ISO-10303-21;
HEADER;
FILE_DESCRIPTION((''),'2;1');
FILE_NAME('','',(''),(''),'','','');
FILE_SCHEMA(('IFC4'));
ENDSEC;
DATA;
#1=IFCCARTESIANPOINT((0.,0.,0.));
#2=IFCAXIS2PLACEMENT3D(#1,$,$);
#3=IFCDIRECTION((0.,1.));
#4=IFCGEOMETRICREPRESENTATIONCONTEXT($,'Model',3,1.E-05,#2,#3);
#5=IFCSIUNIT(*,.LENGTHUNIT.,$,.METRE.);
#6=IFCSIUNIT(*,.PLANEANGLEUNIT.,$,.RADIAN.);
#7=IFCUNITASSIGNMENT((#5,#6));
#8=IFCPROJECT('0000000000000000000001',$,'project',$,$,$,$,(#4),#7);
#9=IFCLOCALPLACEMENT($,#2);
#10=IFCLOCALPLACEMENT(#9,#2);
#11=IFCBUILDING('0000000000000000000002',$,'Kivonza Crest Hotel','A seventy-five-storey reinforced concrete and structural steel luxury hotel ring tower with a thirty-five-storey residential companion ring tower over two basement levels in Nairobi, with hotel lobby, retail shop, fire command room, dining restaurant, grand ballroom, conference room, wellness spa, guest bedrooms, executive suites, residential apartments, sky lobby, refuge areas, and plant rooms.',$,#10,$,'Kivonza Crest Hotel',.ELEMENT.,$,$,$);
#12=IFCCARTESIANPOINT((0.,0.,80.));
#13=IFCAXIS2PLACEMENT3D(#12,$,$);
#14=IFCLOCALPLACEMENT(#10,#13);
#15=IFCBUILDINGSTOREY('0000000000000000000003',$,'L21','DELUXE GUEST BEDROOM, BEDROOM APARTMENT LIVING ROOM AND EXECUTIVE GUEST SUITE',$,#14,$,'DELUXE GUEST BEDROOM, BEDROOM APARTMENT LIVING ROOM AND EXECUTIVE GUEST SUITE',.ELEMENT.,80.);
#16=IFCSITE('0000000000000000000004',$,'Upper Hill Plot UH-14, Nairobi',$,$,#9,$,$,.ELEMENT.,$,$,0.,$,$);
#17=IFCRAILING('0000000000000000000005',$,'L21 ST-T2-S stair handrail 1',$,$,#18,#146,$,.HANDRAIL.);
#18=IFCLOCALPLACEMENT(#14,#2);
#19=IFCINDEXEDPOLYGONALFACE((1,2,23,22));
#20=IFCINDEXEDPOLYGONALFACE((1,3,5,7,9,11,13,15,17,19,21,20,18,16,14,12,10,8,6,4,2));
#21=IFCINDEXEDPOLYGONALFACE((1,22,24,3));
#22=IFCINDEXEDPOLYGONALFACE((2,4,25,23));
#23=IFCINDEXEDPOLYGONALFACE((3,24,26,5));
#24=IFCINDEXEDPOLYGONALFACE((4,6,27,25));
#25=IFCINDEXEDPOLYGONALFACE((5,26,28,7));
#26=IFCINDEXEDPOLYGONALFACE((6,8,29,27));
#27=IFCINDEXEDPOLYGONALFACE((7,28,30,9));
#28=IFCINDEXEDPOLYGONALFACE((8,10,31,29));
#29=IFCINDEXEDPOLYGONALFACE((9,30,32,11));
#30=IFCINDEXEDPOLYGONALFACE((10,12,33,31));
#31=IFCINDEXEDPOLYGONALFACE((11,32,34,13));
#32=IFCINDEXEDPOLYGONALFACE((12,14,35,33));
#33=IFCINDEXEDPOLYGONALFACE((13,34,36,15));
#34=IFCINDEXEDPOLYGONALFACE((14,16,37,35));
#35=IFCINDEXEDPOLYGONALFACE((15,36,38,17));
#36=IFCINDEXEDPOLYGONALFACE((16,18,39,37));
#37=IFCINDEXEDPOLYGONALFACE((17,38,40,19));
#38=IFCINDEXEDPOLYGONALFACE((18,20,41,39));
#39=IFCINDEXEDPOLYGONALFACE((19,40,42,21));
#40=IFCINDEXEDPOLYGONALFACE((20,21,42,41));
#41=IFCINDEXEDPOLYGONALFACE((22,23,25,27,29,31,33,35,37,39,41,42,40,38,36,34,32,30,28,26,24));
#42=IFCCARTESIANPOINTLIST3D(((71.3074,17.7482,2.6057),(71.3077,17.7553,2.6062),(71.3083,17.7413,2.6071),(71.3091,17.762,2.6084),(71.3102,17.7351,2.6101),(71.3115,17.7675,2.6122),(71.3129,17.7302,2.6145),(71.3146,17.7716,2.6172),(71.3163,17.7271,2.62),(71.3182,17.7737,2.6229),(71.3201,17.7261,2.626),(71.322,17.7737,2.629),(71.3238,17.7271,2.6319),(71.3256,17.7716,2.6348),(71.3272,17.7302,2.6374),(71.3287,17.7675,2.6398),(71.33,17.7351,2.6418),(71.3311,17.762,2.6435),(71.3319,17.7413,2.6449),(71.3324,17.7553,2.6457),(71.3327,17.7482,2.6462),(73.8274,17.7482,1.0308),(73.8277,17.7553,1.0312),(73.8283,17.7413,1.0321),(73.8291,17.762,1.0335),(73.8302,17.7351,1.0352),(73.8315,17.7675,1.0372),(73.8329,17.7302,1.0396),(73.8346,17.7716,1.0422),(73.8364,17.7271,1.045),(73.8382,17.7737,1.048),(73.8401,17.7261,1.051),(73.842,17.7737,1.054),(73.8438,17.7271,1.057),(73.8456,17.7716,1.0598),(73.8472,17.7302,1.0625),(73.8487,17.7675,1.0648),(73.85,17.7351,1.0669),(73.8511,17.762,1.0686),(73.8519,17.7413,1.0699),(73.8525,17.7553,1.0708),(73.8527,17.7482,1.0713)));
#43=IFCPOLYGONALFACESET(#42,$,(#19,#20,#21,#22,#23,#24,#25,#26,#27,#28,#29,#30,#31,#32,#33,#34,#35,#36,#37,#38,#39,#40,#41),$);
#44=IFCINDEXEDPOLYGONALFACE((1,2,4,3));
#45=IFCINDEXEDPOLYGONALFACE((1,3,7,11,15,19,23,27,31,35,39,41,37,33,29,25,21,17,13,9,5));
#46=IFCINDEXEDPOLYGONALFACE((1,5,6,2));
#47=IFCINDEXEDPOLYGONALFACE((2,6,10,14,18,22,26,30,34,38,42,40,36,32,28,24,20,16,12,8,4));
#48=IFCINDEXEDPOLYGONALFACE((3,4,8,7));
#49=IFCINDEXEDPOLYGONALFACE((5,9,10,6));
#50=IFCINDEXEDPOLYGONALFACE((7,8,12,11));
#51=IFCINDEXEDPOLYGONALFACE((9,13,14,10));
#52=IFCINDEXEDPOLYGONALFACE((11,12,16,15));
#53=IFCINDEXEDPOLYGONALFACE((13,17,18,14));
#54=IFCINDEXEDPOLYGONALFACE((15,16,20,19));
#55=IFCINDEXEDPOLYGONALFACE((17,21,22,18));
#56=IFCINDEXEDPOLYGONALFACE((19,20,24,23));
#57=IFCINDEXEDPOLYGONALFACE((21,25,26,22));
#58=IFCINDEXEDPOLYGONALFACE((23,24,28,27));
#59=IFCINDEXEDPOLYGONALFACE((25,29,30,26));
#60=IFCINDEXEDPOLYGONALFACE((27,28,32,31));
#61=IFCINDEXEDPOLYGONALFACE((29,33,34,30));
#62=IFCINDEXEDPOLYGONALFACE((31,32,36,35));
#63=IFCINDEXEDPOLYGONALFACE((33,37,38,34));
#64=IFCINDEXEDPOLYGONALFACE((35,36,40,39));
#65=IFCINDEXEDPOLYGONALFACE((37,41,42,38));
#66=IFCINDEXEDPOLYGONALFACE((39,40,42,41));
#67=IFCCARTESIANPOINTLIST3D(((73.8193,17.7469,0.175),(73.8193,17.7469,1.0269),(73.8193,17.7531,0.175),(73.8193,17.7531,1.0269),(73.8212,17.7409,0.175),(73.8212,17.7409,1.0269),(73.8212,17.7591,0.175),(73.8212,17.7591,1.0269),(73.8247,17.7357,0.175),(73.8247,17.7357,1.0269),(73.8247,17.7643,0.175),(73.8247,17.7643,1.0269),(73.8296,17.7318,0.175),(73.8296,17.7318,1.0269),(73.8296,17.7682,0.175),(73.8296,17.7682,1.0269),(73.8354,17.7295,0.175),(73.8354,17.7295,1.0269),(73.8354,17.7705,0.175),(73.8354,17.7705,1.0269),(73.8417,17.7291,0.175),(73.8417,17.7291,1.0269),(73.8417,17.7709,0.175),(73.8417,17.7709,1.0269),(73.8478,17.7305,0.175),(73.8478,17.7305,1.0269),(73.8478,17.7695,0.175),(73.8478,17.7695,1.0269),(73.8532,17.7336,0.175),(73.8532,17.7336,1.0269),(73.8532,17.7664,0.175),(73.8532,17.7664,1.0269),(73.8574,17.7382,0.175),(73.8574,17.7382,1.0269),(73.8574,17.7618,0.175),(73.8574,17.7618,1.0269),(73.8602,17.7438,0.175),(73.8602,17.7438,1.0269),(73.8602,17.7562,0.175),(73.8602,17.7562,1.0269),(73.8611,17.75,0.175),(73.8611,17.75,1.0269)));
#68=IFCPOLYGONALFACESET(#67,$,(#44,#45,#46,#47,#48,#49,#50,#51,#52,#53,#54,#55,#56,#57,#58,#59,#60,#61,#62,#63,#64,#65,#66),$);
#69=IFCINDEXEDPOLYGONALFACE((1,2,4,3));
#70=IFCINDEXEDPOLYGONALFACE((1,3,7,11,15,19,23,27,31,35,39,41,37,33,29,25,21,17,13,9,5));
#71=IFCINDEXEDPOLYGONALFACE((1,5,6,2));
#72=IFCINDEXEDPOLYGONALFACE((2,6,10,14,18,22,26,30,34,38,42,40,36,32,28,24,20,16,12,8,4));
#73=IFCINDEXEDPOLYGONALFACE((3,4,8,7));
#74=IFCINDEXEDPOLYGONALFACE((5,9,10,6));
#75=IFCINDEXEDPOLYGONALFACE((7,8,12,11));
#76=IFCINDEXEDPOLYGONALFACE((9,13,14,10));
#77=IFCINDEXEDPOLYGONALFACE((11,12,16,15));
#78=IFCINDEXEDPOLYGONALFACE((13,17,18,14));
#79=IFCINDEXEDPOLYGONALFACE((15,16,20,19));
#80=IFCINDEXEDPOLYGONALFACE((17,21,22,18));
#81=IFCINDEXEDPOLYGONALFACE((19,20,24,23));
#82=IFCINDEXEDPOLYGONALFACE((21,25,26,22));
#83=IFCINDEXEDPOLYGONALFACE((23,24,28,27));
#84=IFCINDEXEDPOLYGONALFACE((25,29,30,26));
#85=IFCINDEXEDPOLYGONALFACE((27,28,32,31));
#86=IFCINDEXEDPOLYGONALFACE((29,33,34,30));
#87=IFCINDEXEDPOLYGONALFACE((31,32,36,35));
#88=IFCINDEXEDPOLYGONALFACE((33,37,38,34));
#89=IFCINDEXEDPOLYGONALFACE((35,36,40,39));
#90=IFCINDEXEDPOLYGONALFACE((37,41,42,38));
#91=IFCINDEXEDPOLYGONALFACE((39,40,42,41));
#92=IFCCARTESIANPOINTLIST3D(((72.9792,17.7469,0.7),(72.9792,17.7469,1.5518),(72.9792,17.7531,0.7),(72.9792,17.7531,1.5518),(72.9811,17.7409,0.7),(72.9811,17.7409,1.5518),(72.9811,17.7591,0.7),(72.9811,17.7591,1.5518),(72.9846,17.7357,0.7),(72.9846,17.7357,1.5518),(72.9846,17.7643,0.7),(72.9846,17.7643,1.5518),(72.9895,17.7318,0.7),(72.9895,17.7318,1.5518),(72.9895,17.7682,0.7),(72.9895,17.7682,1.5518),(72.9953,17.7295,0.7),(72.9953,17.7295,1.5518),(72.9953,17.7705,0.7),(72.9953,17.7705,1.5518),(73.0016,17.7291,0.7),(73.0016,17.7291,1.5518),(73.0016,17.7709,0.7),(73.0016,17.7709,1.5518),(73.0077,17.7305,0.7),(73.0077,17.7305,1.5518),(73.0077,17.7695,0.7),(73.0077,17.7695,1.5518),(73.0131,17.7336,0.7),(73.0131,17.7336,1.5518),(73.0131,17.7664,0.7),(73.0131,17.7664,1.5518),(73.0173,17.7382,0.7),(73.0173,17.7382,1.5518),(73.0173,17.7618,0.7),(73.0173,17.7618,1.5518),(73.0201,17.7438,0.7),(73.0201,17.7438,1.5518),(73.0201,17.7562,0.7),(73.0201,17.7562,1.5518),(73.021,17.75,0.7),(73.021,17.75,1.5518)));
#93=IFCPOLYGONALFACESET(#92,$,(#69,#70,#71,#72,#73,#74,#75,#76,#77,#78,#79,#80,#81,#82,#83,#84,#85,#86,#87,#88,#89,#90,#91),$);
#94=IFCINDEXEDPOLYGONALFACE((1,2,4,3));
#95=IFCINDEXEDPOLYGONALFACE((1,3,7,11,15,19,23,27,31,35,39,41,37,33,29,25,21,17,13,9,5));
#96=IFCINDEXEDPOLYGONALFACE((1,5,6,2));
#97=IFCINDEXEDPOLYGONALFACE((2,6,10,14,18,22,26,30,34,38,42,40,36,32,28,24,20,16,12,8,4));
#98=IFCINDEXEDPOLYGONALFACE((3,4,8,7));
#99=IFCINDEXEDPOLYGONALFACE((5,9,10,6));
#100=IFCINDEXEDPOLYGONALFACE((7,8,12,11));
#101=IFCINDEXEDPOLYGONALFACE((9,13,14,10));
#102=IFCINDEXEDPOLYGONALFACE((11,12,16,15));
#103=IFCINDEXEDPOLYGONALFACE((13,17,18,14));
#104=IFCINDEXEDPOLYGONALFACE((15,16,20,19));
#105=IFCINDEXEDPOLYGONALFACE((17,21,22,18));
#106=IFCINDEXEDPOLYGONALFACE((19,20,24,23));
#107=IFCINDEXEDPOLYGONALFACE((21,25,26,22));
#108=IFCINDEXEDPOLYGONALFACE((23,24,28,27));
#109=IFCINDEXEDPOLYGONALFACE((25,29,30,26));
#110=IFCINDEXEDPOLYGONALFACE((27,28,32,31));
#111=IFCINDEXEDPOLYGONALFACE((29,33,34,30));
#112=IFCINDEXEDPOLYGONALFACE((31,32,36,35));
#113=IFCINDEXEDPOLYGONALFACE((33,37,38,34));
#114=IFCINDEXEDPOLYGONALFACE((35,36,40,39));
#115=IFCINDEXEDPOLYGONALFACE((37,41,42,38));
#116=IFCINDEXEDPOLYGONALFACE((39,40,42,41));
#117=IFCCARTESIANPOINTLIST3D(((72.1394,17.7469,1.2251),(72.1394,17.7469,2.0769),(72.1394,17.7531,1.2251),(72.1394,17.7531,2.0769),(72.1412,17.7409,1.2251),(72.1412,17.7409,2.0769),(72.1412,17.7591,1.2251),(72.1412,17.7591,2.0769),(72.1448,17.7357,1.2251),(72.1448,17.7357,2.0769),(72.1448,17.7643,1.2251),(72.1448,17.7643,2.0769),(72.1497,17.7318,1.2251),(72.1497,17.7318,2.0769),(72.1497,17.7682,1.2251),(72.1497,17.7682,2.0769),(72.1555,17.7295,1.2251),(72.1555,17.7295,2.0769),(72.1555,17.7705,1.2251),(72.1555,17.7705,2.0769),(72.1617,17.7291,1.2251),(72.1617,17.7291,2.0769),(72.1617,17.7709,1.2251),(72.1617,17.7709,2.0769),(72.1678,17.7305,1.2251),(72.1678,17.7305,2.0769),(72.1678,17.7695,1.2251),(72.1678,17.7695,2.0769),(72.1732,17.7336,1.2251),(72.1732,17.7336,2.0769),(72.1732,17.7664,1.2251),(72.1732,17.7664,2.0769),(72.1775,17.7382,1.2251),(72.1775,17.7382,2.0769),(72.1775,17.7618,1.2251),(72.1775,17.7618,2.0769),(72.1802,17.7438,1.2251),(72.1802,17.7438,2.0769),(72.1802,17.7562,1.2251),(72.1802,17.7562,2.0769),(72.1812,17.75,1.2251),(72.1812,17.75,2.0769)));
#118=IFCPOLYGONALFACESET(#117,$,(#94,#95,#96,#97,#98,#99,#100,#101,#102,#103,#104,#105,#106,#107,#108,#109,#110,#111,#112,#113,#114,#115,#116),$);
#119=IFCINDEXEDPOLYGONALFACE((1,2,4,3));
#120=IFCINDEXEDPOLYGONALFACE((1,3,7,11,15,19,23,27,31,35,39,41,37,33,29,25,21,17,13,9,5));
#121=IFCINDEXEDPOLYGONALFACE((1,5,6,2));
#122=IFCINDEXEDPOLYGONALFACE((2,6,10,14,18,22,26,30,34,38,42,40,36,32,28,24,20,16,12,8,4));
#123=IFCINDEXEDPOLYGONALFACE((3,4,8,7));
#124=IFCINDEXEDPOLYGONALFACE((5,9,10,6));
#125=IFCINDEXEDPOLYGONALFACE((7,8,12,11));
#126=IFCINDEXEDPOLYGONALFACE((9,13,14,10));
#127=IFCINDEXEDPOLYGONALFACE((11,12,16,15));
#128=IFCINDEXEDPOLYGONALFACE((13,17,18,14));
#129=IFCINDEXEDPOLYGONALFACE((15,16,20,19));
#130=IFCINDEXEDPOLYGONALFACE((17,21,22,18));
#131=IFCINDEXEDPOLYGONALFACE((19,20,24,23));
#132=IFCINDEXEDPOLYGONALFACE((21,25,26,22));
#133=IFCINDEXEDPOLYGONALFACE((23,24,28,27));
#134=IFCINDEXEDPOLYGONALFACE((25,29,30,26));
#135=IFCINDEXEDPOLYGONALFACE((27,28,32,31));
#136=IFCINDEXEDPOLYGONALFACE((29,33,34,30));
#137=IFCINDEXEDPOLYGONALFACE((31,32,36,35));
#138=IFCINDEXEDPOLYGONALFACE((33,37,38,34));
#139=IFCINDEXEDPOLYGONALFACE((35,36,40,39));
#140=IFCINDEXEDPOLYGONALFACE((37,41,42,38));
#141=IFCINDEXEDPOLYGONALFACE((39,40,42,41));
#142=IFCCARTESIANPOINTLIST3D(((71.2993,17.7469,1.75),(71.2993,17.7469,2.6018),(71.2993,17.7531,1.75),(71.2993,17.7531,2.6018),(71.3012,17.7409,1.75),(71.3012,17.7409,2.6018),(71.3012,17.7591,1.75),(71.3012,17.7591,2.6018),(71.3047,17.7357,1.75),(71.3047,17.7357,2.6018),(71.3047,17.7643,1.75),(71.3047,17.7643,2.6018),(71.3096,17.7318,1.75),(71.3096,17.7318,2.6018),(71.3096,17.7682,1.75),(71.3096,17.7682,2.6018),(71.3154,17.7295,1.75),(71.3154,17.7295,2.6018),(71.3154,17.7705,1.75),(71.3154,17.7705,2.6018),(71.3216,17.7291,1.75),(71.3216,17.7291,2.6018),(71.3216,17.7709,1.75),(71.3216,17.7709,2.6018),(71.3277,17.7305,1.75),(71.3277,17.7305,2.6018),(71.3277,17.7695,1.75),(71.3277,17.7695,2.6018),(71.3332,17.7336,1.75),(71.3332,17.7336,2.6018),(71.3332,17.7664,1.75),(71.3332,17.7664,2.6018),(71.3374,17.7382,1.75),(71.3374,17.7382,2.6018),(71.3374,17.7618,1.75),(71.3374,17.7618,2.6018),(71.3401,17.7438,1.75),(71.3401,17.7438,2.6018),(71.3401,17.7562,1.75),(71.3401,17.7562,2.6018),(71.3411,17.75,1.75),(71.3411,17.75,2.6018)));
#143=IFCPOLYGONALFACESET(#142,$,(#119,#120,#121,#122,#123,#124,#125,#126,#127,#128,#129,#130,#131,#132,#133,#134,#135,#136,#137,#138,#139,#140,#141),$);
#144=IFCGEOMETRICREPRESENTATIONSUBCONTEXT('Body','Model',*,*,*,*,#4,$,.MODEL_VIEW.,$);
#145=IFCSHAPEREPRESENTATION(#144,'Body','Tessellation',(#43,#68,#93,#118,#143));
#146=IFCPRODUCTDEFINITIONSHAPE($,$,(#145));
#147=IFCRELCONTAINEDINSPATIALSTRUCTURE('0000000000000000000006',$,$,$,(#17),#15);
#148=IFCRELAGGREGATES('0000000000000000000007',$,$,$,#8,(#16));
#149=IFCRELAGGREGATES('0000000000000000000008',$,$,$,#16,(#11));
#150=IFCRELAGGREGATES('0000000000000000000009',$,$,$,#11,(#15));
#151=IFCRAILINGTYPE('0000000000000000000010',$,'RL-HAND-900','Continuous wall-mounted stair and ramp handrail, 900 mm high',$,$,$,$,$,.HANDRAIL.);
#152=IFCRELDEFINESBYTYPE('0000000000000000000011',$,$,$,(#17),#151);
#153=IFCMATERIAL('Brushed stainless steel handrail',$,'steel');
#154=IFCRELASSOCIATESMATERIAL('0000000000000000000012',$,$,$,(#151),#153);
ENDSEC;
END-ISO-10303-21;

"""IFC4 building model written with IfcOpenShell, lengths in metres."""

from ifc_helpers import new_model, si_unit, direction, frame, origin, origin_2d, place, context, subcontext, project, spatial, circle, extrude, material, type_object, element, save


model = new_model("IFC4")

# Units and contexts
model_context = context("Model", 3, precision=1e-05, world=origin(), true_north=direction((0.0, 1.0)))
body_context = subcontext(model_context, "Body", "Model", "MODEL_VIEW")
ifc_project = project(units=[si_unit("LENGTHUNIT", "METRE"), si_unit("PLANEANGLEUNIT", "RADIAN")], contexts=[model_context])

# Site, building, storey
site_placement = place(None, origin())
site = spatial("IfcSite", under=ifc_project, at=site_placement, Name="Upper Hill Plot UH-14, Nairobi", CompositionType="ELEMENT", RefElevation=0.0)
building_placement = place(site_placement, origin())
building = spatial("IfcBuilding", under=site, at=building_placement, Name="Kivonza Crest Hotel", Description="A seventy-five-storey reinforced concrete and structural steel luxury hotel ring tower with a thirty-five-storey residential companion ring tower over two basement levels in Nairobi, with hotel lobby, retail shop, fire command room, dining restaurant, grand ballroom, conference room, wellness spa, guest bedrooms, executive suites, residential apartments, sky lobby, refuge areas, and plant rooms.", LongName="Kivonza Crest Hotel", CompositionType="ELEMENT")
storey_placement = place(building_placement, frame((0.0, 0.0, 80.0)))
storey = spatial("IfcBuildingStorey", under=building, at=storey_placement, Name="L21", Description="DELUXE GUEST BEDROOM, BEDROOM APARTMENT LIVING ROOM AND EXECUTIVE GUEST SUITE", LongName="DELUXE GUEST BEDROOM, BEDROOM APARTMENT LIVING ROOM AND EXECUTIVE GUEST SUITE", CompositionType="ELEMENT", Elevation=80.0)

# Railing
ifc_material_1 = material(Name="Brushed stainless steel handrail", Category="steel")
railing_type_1 = type_object("IfcRailingType", Name="RL-HAND-900", Description="Continuous wall-mounted stair and ramp handrail, 900 mm high", PredefinedType="HANDRAIL", material=ifc_material_1)
railing_1_placement = place(storey_placement, frame((73.8401, 17.75, 0.175)))
element("IfcRailing", 1, at=railing_1_placement, inside=storey, type_object=railing_type_1, Name="L21 ST-T2-S stair handrail 1", PredefinedType="HANDRAIL", context=body_context, shape_type="SweptSolid", body=[
    extrude(circle(Radius=0.0239, at=origin_2d()), frame((0.0, 0.0, 0.876), z_axis=(-0.848008, 0.0, 0.529984), x_axis=(0.0, -1.0, 0.0)), (0.0, 0.0, 1.0), 2.9717),
    extrude(circle(Radius=0.021, at=origin_2d()), origin(), (0.0, 0.0, 1.0), 0.8518),
    extrude(circle(Radius=0.021, at=origin_2d()), frame((-0.8401, 0.0, 0.5249)), (0.0, 0.0, 1.0), 0.8518),
    extrude(circle(Radius=0.021, at=origin_2d()), frame((-1.6799, 0.0, 1.05)), (0.0, 0.0, 1.0), 0.8518),
    extrude(circle(Radius=0.021, at=origin_2d()), frame((-2.52, 0.0, 1.575)), (0.0, 0.0, 1.0), 0.8518),
])

save(model, "model.ifc")
